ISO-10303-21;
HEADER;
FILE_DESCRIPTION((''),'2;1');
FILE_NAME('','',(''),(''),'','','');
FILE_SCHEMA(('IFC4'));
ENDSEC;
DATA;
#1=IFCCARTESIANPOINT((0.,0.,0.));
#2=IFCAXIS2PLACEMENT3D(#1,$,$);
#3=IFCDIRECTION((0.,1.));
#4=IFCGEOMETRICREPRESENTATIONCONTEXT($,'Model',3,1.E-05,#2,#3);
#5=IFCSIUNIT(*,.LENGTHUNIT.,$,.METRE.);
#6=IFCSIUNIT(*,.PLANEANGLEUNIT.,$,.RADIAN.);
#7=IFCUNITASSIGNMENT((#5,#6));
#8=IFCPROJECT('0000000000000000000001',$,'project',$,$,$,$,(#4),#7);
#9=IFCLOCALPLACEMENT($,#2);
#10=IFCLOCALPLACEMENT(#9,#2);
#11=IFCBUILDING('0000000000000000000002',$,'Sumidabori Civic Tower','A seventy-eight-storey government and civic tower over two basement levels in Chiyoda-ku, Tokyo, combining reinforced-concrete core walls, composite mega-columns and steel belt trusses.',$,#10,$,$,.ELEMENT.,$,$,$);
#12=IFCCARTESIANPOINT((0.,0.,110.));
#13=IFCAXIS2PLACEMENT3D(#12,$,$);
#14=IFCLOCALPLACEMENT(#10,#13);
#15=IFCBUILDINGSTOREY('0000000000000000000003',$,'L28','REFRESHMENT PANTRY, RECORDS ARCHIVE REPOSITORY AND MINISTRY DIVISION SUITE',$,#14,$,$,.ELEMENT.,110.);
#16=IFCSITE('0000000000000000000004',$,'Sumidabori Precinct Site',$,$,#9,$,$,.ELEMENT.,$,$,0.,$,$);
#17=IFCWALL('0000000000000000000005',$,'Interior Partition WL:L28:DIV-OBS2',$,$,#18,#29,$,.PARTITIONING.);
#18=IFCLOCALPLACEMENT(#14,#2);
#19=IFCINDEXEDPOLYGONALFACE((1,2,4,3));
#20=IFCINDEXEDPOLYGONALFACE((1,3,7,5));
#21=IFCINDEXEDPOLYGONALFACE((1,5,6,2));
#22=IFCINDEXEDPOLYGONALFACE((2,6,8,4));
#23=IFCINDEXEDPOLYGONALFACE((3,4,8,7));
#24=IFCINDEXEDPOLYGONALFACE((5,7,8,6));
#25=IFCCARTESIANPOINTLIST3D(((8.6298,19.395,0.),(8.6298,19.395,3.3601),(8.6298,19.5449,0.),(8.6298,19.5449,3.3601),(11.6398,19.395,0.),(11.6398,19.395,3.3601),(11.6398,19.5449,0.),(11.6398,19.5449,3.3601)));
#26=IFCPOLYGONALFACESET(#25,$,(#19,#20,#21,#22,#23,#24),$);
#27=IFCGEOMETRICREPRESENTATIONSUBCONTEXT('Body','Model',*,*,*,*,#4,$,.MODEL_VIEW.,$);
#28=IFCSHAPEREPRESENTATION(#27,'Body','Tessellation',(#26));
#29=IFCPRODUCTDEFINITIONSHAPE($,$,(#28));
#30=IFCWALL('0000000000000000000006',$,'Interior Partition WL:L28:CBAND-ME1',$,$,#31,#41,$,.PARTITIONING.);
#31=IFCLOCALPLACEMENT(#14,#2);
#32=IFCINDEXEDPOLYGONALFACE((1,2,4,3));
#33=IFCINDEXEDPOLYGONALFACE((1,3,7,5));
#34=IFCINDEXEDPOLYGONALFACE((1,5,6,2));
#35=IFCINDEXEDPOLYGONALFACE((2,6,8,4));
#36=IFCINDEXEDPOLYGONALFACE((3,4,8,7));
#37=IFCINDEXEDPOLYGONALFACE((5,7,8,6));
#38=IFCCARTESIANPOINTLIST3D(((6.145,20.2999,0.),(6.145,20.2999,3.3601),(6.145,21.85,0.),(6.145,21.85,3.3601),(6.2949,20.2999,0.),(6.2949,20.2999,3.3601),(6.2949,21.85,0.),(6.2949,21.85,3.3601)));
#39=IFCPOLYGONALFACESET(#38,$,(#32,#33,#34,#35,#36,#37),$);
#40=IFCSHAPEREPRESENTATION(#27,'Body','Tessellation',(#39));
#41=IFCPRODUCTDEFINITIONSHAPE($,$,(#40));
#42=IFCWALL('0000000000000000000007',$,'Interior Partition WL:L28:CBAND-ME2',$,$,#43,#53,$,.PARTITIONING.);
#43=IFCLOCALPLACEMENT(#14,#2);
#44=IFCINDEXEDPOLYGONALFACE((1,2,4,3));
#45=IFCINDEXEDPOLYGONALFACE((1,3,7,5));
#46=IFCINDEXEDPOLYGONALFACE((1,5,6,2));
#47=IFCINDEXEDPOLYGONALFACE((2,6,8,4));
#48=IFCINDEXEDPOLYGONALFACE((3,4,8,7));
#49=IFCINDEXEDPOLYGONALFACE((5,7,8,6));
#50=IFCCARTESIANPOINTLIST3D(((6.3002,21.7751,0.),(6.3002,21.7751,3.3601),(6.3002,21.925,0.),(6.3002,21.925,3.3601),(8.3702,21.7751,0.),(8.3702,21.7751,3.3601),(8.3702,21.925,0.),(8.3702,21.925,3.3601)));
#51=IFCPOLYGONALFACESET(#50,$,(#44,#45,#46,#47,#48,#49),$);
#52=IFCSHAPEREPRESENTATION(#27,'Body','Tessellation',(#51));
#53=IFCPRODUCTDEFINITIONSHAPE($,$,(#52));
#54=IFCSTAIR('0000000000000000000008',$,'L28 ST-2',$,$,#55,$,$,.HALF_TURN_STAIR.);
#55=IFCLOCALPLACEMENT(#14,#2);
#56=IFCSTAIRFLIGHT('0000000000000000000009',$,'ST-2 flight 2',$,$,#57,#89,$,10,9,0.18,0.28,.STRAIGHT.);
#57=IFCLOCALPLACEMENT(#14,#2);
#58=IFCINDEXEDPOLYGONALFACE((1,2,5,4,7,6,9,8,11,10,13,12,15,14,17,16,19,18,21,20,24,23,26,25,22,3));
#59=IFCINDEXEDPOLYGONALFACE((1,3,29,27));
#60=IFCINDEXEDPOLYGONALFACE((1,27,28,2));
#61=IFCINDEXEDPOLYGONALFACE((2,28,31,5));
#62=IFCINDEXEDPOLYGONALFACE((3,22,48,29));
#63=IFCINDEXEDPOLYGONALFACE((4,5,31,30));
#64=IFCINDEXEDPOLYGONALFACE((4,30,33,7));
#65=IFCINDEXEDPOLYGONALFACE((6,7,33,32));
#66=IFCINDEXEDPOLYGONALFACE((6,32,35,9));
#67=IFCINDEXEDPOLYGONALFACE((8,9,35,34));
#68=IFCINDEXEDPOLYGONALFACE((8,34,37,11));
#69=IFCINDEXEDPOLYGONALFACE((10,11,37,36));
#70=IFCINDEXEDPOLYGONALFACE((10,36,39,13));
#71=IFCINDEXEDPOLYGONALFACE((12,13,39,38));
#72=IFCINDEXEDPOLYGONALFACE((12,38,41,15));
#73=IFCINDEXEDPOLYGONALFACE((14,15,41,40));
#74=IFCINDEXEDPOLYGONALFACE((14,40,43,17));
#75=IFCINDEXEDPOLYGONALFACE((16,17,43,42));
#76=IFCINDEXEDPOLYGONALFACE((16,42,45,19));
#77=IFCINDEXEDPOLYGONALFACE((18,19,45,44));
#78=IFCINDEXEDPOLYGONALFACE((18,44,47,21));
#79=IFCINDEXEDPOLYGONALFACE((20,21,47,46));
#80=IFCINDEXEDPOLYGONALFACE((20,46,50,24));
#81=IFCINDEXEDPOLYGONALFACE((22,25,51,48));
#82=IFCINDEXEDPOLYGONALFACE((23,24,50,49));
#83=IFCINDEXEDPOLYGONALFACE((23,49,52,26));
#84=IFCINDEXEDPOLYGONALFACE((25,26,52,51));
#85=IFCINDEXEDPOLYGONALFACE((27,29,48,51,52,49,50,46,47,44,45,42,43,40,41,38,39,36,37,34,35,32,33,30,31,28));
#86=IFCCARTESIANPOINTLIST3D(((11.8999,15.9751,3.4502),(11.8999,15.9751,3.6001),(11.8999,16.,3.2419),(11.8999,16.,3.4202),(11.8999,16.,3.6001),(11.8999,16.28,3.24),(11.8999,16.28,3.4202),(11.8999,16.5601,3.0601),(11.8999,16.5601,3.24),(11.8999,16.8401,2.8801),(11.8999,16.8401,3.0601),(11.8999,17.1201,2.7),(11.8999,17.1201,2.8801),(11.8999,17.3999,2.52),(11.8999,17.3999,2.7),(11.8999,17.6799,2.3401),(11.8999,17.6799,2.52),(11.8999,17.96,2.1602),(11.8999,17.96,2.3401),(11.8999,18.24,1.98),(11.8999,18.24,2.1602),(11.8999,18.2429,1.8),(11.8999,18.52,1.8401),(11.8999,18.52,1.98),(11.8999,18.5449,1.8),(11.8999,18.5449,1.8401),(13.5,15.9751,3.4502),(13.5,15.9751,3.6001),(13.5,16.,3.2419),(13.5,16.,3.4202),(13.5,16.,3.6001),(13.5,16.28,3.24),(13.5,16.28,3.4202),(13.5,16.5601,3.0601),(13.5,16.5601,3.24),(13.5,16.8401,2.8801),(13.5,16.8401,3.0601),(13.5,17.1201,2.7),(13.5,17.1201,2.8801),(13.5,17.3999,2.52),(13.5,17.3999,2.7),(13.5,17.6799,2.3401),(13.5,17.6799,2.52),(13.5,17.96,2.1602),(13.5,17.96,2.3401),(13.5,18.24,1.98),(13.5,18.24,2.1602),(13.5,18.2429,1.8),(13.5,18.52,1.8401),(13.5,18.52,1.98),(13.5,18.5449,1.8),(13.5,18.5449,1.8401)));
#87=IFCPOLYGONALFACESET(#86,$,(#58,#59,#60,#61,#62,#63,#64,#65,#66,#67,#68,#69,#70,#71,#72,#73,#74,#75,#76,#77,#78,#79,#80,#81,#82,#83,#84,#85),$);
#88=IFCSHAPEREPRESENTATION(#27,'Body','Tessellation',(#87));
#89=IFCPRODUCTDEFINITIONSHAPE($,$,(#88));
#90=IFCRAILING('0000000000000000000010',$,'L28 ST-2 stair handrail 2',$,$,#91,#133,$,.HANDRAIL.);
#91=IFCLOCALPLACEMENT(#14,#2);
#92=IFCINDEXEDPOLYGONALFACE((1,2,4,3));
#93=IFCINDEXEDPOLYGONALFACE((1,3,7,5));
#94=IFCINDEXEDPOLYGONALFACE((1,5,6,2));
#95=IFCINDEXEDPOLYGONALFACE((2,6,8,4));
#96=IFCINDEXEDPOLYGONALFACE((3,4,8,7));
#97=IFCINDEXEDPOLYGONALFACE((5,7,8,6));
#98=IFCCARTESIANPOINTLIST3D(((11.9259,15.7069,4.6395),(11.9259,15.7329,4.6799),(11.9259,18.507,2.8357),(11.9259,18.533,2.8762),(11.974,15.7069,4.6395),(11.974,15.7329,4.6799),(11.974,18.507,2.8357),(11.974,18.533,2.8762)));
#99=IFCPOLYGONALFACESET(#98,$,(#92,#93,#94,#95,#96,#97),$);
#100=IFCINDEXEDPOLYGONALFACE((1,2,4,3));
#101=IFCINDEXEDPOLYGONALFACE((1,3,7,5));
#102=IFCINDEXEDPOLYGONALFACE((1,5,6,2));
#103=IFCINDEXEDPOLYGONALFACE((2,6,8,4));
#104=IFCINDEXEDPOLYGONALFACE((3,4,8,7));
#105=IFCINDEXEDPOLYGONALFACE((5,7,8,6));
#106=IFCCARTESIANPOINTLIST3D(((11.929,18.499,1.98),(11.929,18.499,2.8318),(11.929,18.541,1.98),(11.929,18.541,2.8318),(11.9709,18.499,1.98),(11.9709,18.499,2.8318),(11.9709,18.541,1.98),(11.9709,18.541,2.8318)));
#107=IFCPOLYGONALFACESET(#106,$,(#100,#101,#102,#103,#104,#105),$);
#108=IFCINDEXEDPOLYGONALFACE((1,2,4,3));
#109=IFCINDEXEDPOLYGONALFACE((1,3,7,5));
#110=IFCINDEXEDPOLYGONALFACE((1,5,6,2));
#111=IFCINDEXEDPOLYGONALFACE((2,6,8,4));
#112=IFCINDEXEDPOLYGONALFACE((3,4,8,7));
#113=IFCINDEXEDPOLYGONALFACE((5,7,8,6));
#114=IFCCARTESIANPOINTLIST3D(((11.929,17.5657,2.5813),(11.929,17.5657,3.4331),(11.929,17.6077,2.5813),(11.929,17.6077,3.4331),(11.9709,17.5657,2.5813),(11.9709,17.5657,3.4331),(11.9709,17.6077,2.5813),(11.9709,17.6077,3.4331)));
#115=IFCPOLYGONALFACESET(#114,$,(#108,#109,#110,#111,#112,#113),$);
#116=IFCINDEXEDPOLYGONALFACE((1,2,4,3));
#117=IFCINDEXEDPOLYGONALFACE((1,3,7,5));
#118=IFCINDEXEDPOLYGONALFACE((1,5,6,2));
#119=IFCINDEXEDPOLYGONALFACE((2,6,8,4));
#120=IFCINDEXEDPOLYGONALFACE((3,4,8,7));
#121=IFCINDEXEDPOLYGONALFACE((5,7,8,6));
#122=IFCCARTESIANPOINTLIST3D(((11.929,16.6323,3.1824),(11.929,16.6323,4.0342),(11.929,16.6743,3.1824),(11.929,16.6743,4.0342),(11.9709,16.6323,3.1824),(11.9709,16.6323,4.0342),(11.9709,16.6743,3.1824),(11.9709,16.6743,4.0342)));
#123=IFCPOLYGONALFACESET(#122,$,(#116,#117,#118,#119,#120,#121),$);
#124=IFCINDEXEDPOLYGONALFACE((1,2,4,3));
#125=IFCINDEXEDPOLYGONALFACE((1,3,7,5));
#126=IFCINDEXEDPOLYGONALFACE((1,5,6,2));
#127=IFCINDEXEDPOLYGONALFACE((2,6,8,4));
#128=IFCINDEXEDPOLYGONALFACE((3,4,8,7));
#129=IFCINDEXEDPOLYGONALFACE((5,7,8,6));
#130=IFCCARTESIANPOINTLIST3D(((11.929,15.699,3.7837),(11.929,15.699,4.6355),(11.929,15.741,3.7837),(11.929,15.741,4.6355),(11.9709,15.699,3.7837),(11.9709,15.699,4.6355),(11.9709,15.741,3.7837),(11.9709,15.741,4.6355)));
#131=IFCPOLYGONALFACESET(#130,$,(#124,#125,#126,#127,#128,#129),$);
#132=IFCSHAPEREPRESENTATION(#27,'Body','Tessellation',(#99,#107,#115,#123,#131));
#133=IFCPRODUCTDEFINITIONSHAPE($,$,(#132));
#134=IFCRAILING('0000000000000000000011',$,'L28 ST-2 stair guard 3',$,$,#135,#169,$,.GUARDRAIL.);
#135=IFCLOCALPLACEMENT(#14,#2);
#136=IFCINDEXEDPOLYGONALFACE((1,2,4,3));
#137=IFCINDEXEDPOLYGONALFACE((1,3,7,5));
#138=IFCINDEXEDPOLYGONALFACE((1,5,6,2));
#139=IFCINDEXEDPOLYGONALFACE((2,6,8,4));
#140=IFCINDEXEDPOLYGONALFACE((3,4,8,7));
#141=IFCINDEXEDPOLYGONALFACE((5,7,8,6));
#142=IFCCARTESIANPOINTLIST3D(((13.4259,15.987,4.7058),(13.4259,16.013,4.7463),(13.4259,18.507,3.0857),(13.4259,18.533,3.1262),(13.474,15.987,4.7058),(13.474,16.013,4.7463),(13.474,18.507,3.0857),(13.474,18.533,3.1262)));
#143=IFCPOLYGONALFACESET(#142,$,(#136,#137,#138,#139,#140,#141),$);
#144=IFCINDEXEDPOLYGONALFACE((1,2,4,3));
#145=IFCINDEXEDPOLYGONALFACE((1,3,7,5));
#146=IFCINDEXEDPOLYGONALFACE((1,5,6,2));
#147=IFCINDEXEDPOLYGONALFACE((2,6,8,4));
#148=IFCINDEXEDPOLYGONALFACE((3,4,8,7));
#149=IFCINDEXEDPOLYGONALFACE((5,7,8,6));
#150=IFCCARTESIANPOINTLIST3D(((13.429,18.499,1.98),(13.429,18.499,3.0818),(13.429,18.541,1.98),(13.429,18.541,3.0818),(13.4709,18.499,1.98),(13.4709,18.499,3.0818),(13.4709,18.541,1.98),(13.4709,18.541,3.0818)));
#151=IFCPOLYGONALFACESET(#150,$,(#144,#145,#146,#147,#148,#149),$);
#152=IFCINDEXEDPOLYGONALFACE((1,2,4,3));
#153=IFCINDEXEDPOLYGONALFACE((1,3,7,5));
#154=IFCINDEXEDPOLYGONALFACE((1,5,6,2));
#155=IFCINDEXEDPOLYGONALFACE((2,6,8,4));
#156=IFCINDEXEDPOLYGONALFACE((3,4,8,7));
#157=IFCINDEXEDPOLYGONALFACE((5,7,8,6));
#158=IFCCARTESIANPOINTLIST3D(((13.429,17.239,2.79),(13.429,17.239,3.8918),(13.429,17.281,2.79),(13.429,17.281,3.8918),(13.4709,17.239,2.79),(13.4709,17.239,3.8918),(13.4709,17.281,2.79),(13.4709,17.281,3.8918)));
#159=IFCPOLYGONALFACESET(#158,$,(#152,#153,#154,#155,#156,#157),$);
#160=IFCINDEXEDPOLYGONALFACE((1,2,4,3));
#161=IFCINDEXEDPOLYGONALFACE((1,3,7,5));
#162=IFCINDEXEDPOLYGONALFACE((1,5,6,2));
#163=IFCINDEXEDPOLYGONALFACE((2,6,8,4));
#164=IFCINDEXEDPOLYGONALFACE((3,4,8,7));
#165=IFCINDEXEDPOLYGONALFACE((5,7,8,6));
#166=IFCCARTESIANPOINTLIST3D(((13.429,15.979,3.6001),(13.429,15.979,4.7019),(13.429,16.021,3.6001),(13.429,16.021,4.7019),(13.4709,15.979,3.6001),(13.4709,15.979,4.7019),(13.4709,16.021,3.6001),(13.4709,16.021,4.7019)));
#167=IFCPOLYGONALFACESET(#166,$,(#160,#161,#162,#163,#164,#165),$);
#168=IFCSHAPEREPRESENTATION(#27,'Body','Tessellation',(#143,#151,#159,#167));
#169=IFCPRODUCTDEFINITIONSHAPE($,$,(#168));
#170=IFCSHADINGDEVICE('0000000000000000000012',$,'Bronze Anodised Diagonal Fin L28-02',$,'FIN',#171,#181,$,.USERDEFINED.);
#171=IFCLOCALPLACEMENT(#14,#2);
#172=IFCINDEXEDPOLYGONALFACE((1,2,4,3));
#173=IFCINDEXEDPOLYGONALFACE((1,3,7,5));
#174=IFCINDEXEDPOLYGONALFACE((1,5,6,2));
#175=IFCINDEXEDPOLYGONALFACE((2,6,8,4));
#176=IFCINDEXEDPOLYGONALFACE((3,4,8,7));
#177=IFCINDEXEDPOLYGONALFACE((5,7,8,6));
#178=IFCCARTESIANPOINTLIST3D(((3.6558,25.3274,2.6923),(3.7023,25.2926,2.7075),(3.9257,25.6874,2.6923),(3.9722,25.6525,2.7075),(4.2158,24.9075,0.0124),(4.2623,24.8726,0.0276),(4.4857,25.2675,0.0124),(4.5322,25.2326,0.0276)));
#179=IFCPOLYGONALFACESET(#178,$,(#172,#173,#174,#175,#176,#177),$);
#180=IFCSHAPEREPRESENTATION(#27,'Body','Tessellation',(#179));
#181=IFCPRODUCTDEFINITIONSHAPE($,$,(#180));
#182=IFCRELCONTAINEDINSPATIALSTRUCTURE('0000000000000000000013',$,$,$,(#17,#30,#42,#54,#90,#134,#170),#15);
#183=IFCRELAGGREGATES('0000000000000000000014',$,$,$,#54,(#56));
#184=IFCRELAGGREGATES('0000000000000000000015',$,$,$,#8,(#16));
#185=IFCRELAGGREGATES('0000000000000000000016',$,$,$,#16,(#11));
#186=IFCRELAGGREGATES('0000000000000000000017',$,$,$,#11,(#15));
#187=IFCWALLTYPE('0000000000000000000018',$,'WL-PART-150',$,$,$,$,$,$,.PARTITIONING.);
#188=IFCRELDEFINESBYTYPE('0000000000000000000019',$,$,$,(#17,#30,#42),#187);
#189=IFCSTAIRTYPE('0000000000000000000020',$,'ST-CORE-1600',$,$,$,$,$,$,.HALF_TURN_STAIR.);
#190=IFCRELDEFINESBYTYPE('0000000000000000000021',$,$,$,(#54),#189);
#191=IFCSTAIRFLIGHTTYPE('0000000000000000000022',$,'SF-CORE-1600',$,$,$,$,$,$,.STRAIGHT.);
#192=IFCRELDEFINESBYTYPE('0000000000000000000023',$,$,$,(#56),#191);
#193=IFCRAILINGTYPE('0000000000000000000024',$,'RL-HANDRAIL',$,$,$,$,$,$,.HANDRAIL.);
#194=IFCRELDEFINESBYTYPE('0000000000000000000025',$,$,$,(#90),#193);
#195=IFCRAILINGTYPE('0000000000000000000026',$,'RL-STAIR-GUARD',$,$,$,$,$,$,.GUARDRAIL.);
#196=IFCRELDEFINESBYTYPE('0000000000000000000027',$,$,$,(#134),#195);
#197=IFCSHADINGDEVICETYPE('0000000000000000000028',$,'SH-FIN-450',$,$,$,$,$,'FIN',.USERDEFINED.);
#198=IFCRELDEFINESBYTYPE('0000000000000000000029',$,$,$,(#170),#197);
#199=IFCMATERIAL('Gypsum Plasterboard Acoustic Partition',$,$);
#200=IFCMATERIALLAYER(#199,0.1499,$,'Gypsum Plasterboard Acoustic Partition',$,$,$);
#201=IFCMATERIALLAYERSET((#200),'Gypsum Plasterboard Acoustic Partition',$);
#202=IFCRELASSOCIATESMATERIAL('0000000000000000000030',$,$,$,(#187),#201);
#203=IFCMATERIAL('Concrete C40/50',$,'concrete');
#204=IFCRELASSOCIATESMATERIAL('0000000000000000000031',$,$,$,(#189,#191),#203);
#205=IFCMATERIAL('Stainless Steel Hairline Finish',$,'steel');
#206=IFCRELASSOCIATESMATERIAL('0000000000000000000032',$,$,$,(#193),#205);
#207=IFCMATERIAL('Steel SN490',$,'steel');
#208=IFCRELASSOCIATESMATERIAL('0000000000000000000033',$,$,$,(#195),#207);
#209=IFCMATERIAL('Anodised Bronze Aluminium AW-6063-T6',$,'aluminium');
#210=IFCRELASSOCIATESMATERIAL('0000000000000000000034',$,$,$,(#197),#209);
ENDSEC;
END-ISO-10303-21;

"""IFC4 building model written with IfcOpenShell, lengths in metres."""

from ifc_helpers import new_model, si_unit, direction, frame, frame_2d, origin, origin_2d, place, context, subcontext, project, spatial, polyline, rectangle, outline, extrude, source, transform, mapped, material, layer, layer_set, material_profile, profile_set, type_object, element, aggregate, save


model = new_model("IFC4")

# Units and contexts
model_context = context("Model", 3, precision=1e-05, world=origin(), true_north=direction((0.0, 1.0)))
body_context = subcontext(model_context, "Body", "Model", "MODEL_VIEW")
ifc_project = project(units=[si_unit("LENGTHUNIT", "METRE"), si_unit("PLANEANGLEUNIT", "RADIAN")], contexts=[model_context])

# Site, building, storey
site_placement = place(None, origin())
site = spatial("IfcSite", under=ifc_project, at=site_placement, Name="Sumidabori Precinct Site", CompositionType="ELEMENT", RefElevation=0.0)
building_placement = place(site_placement, origin())
building = spatial("IfcBuilding", under=site, at=building_placement, Name="Sumidabori Civic Tower", Description="A seventy-eight-storey government and civic tower over two basement levels in Chiyoda-ku, Tokyo, combining reinforced-concrete core walls, composite mega-columns and steel belt trusses.", CompositionType="ELEMENT")
storey_placement = place(building_placement, frame((0.0, 0.0, 110.0)))
storey = spatial("IfcBuildingStorey", under=building, at=storey_placement, Name="L28", Description="REFRESHMENT PANTRY, RECORDS ARCHIVE REPOSITORY AND MINISTRY DIVISION SUITE", CompositionType="ELEMENT", Elevation=110.0)

# Shared definitions
ifc_material_1 = material(Name="Steel SN490", Category="steel")

# Shared definitions
ifc_material_2 = material(Name="Anodised Bronze Aluminium AW-6063-T6", Category="aluminium")

# Walls
ifc_material_3 = material(Name="Gypsum Plasterboard Acoustic Partition")
ifc_layer_1 = layer(ifc_material_3, 0.1499, Name="Gypsum Plasterboard Acoustic Partition")
ifc_layer_set_1 = layer_set([ifc_layer_1], Name="Gypsum Plasterboard Acoustic Partition")
wall_type_1 = type_object("IfcWallType", Name="WL-PART-150", PredefinedType="PARTITIONING", material=ifc_layer_set_1)
shared_shape_1 = source(origin(), body_context, "Body", "SweptSolid", [
    extrude(rectangle(XDim=3.01, YDim=0.1499, at=frame_2d((1.5049, 0.0))), origin(), (0.0, 0.0, 1.0), 3.3601),
])
wall_1_placement = place(storey_placement, frame((8.6299, 19.47, 0.0), z_axis=(0.0, 0.0, 1.0), x_axis=(1.0, 0.0, 0.0)))
element("IfcWall", 1, at=wall_1_placement, inside=storey, type_object=wall_type_1, Name="Interior Partition WL:L28:DIV-OBS2", PredefinedType="PARTITIONING", context=body_context, shape_type="MappedRepresentation", body=[
    mapped(shared_shape_1, transform((0.0, 0.0, 0.0), x_axis=(1.0, 0.0, 0.0), y_axis=(0.0, 1.0, 0.0), z_axis=(0.0, 0.0, 1.0), scale=1.0)),
])
shared_shape_2 = source(origin(), body_context, "Body", "SweptSolid", [
    extrude(rectangle(XDim=1.55, YDim=0.1499, at=frame_2d((0.7749, 0.0))), origin(), (0.0, 0.0, 1.0), 3.3601),
])
wall_2_placement = place(storey_placement, frame((6.22, 20.3, 0.0), z_axis=(0.0, 0.0, 1.0), x_axis=(0.0, 1.0, 0.0)))
element("IfcWall", 2, at=wall_2_placement, inside=storey, type_object=wall_type_1, Name="Interior Partition WL:L28:CBAND-ME1", PredefinedType="PARTITIONING", context=body_context, shape_type="MappedRepresentation", body=[
    mapped(shared_shape_2, transform((0.0, 0.0, 0.0), x_axis=(1.0, 0.0, 0.0), y_axis=(0.0, 1.0, 0.0), z_axis=(0.0, 0.0, 1.0), scale=1.0)),
])
shared_shape_3 = source(origin(), body_context, "Body", "SweptSolid", [
    extrude(rectangle(XDim=2.0701, YDim=0.1499, at=frame_2d((1.0352, 0.0))), origin(), (0.0, 0.0, 1.0), 3.3601),
])
wall_3_placement = place(storey_placement, frame((6.3, 21.8501, 0.0), z_axis=(0.0, 0.0, 1.0), x_axis=(1.0, 0.0, 0.0)))
element("IfcWall", 3, at=wall_3_placement, inside=storey, type_object=wall_type_1, Name="Interior Partition WL:L28:CBAND-ME2", PredefinedType="PARTITIONING", context=body_context, shape_type="MappedRepresentation", body=[
    mapped(shared_shape_3, transform((0.0, 0.0, 0.0), x_axis=(1.0, 0.0, 0.0), y_axis=(0.0, 1.0, 0.0), z_axis=(0.0, 0.0, 1.0), scale=1.0)),
])

# Stair, stair flight
ifc_material_4 = material(Name="Concrete C40/50", Category="concrete")
stair_type = type_object("IfcStairType", Name="ST-CORE-1600", PredefinedType="HALF_TURN_STAIR", material=ifc_material_4)
stair_placement = place(storey_placement, origin())
stair = element("IfcStair", 4, at=stair_placement, inside=storey, type_object=stair_type, Name="L28 ST-2", PredefinedType="HALF_TURN_STAIR")
stair_flight_type = type_object("IfcStairFlightType", Name="SF-CORE-1600", PredefinedType="STRAIGHT", material=ifc_material_4)
shared_shape_4 = source(origin(), body_context, "Body", "SweptSolid", [
    extrude(outline(polyline([(-0.0249, 0.0), (-0.0249, 0.04), (0.0, 0.04), (0.0, 0.1799), (0.28, 0.1799), (0.28, 0.3601), (0.5601, 0.3601), (0.5601, 0.54), (0.8401, 0.54), (0.8401, 0.72), (1.1201, 0.72), (1.1201, 0.8999), (1.3999, 0.8999), (1.3999, 1.0801), (1.6799, 1.0801), (1.6799, 1.26), (1.96, 1.26), (1.96, 1.4399), (2.24, 1.4399), (2.24, 1.6201), (2.52, 1.6201), (2.52, 1.8), (2.5449, 1.8), (2.5449, 1.6501), (2.52, 1.4419), (0.2771, 0.0), (-0.0249, 0.0)])), frame((0.0, 0.8, 0.0), z_axis=(0.0, -1.0, 0.0), x_axis=(1.0, 0.0, 0.0)), (0.0, 0.0, 1.0), 1.6001),
])
stair_flight_placement = place(storey_placement, frame((12.7, 18.52, 1.8), z_axis=(0.0, 0.0, 1.0), x_axis=(0.0, -1.0, 0.0)))
stair_flight = element("IfcStairFlight", 5, at=stair_flight_placement, type_object=stair_flight_type, Name="ST-2 flight 2", NumberOfRisers=10, NumberOfTreads=9, PredefinedType="STRAIGHT", RiserHeight=0.18, TreadLength=0.28, context=body_context, shape_type="MappedRepresentation", body=[
    mapped(shared_shape_4, transform((0.0, 0.0, 0.0), x_axis=(1.0, 0.0, 0.0), y_axis=(0.0, 1.0, 0.0), z_axis=(0.0, 0.0, 1.0), scale=1.0)),
])
aggregate(stair, [stair_flight])

# Railings
ifc_material_5 = material(Name="Stainless Steel Hairline Finish", Category="steel")
railing_type_1 = type_object("IfcRailingType", Name="RL-HANDRAIL", PredefinedType="HANDRAIL", material=ifc_material_5)
railing_1_placement = place(storey_placement, frame((11.95, 18.52, 1.98)))
element("IfcRailing", 6, at=railing_1_placement, inside=storey, type_object=railing_type_1, Name="L28 ST-2 stair handrail 2", PredefinedType="HANDRAIL", context=body_context, shape_type="SweptSolid", body=[
    extrude(rectangle(XDim=0.0481, YDim=0.0481, at=origin_2d()), frame((0.0, 0.0, 0.876), z_axis=(0.0, -0.840676, 0.541539), x_axis=(1.0, 0.0, 0.0)), (0.0, 0.0, 1.0), 3.3308),
    extrude(rectangle(XDim=0.042, YDim=0.042, at=origin_2d()), origin(), (0.0, 0.0, 1.0), 0.8518),
    extrude(rectangle(XDim=0.042, YDim=0.042, at=origin_2d()), frame((0.0, -0.9333, 0.6013)), (0.0, 0.0, 1.0), 0.8518),
    extrude(rectangle(XDim=0.042, YDim=0.042, at=origin_2d()), frame((0.0, -1.8667, 1.2024)), (0.0, 0.0, 1.0), 0.8518),
    extrude(rectangle(XDim=0.042, YDim=0.042, at=origin_2d()), frame((0.0, -2.8, 1.8037)), (0.0, 0.0, 1.0), 0.8518),
])
railing_type_2 = type_object("IfcRailingType", Name="RL-STAIR-GUARD", PredefinedType="GUARDRAIL", material=ifc_material_1)
railing_2_placement = place(storey_placement, frame((13.45, 18.52, 1.98)))
element("IfcRailing", 7, at=railing_2_placement, inside=storey, type_object=railing_type_2, Name="L28 ST-2 stair guard 3", PredefinedType="GUARDRAIL", context=body_context, shape_type="SweptSolid", body=[
    extrude(rectangle(XDim=0.0481, YDim=0.0481, at=origin_2d()), frame((0.0, 0.0, 1.126), z_axis=(0.0, -0.841163, 0.540782), x_axis=(1.0, 0.0, 0.0)), (0.0, 0.0, 1.0), 2.9958),
    extrude(rectangle(XDim=0.042, YDim=0.042, at=origin_2d()), origin(), (0.0, 0.0, 1.0), 1.1018),
    extrude(rectangle(XDim=0.042, YDim=0.042, at=origin_2d()), frame((0.0, -1.26, 0.8101)), (0.0, 0.0, 1.0), 1.1018),
    extrude(rectangle(XDim=0.042, YDim=0.042, at=origin_2d()), frame((0.0, -2.52, 1.6201)), (0.0, 0.0, 1.0), 1.1018),
])

# Shading device
ifc_material_profile_1 = material_profile(ifc_material_2, rectangle(XDim=0.0601, YDim=0.45, at=origin_2d()), Name="BRONZE FIN 450x60")
ifc_profile_set_1 = profile_set([ifc_material_profile_1], Name="Anodised Bronze Aluminium AW-6063-T6")
shading_device_type = type_object("IfcShadingDeviceType", Name="SH-FIN-450", ElementType="FIN", PredefinedType="USERDEFINED", material=ifc_profile_set_1)
shared_shape_5 = source(origin(), body_context, "Body", "SweptSolid", [
    extrude(rectangle(XDim=0.0601, YDim=0.45, at=origin_2d()), origin(), (0.0, 0.0, 1.0), 2.7698),
])
shading_device_placement = place(storey_placement, frame((4.374, 25.0701, 0.02), z_axis=(-0.202199, 0.151605, 0.967539), x_axis=(0.774112, -0.580415, 0.252722)))
element("IfcShadingDevice", 8, at=shading_device_placement, inside=storey, type_object=shading_device_type, Name="Bronze Anodised Diagonal Fin L28-02", ObjectType="FIN", PredefinedType="USERDEFINED", context=body_context, shape_type="MappedRepresentation", body=[
    mapped(shared_shape_5, transform((0.0, 0.0, 0.0), x_axis=(1.0, 0.0, 0.0), y_axis=(0.0, 1.0, 0.0), z_axis=(0.0, 0.0, 1.0), scale=1.0)),
])

save(model, "model.ifc")
